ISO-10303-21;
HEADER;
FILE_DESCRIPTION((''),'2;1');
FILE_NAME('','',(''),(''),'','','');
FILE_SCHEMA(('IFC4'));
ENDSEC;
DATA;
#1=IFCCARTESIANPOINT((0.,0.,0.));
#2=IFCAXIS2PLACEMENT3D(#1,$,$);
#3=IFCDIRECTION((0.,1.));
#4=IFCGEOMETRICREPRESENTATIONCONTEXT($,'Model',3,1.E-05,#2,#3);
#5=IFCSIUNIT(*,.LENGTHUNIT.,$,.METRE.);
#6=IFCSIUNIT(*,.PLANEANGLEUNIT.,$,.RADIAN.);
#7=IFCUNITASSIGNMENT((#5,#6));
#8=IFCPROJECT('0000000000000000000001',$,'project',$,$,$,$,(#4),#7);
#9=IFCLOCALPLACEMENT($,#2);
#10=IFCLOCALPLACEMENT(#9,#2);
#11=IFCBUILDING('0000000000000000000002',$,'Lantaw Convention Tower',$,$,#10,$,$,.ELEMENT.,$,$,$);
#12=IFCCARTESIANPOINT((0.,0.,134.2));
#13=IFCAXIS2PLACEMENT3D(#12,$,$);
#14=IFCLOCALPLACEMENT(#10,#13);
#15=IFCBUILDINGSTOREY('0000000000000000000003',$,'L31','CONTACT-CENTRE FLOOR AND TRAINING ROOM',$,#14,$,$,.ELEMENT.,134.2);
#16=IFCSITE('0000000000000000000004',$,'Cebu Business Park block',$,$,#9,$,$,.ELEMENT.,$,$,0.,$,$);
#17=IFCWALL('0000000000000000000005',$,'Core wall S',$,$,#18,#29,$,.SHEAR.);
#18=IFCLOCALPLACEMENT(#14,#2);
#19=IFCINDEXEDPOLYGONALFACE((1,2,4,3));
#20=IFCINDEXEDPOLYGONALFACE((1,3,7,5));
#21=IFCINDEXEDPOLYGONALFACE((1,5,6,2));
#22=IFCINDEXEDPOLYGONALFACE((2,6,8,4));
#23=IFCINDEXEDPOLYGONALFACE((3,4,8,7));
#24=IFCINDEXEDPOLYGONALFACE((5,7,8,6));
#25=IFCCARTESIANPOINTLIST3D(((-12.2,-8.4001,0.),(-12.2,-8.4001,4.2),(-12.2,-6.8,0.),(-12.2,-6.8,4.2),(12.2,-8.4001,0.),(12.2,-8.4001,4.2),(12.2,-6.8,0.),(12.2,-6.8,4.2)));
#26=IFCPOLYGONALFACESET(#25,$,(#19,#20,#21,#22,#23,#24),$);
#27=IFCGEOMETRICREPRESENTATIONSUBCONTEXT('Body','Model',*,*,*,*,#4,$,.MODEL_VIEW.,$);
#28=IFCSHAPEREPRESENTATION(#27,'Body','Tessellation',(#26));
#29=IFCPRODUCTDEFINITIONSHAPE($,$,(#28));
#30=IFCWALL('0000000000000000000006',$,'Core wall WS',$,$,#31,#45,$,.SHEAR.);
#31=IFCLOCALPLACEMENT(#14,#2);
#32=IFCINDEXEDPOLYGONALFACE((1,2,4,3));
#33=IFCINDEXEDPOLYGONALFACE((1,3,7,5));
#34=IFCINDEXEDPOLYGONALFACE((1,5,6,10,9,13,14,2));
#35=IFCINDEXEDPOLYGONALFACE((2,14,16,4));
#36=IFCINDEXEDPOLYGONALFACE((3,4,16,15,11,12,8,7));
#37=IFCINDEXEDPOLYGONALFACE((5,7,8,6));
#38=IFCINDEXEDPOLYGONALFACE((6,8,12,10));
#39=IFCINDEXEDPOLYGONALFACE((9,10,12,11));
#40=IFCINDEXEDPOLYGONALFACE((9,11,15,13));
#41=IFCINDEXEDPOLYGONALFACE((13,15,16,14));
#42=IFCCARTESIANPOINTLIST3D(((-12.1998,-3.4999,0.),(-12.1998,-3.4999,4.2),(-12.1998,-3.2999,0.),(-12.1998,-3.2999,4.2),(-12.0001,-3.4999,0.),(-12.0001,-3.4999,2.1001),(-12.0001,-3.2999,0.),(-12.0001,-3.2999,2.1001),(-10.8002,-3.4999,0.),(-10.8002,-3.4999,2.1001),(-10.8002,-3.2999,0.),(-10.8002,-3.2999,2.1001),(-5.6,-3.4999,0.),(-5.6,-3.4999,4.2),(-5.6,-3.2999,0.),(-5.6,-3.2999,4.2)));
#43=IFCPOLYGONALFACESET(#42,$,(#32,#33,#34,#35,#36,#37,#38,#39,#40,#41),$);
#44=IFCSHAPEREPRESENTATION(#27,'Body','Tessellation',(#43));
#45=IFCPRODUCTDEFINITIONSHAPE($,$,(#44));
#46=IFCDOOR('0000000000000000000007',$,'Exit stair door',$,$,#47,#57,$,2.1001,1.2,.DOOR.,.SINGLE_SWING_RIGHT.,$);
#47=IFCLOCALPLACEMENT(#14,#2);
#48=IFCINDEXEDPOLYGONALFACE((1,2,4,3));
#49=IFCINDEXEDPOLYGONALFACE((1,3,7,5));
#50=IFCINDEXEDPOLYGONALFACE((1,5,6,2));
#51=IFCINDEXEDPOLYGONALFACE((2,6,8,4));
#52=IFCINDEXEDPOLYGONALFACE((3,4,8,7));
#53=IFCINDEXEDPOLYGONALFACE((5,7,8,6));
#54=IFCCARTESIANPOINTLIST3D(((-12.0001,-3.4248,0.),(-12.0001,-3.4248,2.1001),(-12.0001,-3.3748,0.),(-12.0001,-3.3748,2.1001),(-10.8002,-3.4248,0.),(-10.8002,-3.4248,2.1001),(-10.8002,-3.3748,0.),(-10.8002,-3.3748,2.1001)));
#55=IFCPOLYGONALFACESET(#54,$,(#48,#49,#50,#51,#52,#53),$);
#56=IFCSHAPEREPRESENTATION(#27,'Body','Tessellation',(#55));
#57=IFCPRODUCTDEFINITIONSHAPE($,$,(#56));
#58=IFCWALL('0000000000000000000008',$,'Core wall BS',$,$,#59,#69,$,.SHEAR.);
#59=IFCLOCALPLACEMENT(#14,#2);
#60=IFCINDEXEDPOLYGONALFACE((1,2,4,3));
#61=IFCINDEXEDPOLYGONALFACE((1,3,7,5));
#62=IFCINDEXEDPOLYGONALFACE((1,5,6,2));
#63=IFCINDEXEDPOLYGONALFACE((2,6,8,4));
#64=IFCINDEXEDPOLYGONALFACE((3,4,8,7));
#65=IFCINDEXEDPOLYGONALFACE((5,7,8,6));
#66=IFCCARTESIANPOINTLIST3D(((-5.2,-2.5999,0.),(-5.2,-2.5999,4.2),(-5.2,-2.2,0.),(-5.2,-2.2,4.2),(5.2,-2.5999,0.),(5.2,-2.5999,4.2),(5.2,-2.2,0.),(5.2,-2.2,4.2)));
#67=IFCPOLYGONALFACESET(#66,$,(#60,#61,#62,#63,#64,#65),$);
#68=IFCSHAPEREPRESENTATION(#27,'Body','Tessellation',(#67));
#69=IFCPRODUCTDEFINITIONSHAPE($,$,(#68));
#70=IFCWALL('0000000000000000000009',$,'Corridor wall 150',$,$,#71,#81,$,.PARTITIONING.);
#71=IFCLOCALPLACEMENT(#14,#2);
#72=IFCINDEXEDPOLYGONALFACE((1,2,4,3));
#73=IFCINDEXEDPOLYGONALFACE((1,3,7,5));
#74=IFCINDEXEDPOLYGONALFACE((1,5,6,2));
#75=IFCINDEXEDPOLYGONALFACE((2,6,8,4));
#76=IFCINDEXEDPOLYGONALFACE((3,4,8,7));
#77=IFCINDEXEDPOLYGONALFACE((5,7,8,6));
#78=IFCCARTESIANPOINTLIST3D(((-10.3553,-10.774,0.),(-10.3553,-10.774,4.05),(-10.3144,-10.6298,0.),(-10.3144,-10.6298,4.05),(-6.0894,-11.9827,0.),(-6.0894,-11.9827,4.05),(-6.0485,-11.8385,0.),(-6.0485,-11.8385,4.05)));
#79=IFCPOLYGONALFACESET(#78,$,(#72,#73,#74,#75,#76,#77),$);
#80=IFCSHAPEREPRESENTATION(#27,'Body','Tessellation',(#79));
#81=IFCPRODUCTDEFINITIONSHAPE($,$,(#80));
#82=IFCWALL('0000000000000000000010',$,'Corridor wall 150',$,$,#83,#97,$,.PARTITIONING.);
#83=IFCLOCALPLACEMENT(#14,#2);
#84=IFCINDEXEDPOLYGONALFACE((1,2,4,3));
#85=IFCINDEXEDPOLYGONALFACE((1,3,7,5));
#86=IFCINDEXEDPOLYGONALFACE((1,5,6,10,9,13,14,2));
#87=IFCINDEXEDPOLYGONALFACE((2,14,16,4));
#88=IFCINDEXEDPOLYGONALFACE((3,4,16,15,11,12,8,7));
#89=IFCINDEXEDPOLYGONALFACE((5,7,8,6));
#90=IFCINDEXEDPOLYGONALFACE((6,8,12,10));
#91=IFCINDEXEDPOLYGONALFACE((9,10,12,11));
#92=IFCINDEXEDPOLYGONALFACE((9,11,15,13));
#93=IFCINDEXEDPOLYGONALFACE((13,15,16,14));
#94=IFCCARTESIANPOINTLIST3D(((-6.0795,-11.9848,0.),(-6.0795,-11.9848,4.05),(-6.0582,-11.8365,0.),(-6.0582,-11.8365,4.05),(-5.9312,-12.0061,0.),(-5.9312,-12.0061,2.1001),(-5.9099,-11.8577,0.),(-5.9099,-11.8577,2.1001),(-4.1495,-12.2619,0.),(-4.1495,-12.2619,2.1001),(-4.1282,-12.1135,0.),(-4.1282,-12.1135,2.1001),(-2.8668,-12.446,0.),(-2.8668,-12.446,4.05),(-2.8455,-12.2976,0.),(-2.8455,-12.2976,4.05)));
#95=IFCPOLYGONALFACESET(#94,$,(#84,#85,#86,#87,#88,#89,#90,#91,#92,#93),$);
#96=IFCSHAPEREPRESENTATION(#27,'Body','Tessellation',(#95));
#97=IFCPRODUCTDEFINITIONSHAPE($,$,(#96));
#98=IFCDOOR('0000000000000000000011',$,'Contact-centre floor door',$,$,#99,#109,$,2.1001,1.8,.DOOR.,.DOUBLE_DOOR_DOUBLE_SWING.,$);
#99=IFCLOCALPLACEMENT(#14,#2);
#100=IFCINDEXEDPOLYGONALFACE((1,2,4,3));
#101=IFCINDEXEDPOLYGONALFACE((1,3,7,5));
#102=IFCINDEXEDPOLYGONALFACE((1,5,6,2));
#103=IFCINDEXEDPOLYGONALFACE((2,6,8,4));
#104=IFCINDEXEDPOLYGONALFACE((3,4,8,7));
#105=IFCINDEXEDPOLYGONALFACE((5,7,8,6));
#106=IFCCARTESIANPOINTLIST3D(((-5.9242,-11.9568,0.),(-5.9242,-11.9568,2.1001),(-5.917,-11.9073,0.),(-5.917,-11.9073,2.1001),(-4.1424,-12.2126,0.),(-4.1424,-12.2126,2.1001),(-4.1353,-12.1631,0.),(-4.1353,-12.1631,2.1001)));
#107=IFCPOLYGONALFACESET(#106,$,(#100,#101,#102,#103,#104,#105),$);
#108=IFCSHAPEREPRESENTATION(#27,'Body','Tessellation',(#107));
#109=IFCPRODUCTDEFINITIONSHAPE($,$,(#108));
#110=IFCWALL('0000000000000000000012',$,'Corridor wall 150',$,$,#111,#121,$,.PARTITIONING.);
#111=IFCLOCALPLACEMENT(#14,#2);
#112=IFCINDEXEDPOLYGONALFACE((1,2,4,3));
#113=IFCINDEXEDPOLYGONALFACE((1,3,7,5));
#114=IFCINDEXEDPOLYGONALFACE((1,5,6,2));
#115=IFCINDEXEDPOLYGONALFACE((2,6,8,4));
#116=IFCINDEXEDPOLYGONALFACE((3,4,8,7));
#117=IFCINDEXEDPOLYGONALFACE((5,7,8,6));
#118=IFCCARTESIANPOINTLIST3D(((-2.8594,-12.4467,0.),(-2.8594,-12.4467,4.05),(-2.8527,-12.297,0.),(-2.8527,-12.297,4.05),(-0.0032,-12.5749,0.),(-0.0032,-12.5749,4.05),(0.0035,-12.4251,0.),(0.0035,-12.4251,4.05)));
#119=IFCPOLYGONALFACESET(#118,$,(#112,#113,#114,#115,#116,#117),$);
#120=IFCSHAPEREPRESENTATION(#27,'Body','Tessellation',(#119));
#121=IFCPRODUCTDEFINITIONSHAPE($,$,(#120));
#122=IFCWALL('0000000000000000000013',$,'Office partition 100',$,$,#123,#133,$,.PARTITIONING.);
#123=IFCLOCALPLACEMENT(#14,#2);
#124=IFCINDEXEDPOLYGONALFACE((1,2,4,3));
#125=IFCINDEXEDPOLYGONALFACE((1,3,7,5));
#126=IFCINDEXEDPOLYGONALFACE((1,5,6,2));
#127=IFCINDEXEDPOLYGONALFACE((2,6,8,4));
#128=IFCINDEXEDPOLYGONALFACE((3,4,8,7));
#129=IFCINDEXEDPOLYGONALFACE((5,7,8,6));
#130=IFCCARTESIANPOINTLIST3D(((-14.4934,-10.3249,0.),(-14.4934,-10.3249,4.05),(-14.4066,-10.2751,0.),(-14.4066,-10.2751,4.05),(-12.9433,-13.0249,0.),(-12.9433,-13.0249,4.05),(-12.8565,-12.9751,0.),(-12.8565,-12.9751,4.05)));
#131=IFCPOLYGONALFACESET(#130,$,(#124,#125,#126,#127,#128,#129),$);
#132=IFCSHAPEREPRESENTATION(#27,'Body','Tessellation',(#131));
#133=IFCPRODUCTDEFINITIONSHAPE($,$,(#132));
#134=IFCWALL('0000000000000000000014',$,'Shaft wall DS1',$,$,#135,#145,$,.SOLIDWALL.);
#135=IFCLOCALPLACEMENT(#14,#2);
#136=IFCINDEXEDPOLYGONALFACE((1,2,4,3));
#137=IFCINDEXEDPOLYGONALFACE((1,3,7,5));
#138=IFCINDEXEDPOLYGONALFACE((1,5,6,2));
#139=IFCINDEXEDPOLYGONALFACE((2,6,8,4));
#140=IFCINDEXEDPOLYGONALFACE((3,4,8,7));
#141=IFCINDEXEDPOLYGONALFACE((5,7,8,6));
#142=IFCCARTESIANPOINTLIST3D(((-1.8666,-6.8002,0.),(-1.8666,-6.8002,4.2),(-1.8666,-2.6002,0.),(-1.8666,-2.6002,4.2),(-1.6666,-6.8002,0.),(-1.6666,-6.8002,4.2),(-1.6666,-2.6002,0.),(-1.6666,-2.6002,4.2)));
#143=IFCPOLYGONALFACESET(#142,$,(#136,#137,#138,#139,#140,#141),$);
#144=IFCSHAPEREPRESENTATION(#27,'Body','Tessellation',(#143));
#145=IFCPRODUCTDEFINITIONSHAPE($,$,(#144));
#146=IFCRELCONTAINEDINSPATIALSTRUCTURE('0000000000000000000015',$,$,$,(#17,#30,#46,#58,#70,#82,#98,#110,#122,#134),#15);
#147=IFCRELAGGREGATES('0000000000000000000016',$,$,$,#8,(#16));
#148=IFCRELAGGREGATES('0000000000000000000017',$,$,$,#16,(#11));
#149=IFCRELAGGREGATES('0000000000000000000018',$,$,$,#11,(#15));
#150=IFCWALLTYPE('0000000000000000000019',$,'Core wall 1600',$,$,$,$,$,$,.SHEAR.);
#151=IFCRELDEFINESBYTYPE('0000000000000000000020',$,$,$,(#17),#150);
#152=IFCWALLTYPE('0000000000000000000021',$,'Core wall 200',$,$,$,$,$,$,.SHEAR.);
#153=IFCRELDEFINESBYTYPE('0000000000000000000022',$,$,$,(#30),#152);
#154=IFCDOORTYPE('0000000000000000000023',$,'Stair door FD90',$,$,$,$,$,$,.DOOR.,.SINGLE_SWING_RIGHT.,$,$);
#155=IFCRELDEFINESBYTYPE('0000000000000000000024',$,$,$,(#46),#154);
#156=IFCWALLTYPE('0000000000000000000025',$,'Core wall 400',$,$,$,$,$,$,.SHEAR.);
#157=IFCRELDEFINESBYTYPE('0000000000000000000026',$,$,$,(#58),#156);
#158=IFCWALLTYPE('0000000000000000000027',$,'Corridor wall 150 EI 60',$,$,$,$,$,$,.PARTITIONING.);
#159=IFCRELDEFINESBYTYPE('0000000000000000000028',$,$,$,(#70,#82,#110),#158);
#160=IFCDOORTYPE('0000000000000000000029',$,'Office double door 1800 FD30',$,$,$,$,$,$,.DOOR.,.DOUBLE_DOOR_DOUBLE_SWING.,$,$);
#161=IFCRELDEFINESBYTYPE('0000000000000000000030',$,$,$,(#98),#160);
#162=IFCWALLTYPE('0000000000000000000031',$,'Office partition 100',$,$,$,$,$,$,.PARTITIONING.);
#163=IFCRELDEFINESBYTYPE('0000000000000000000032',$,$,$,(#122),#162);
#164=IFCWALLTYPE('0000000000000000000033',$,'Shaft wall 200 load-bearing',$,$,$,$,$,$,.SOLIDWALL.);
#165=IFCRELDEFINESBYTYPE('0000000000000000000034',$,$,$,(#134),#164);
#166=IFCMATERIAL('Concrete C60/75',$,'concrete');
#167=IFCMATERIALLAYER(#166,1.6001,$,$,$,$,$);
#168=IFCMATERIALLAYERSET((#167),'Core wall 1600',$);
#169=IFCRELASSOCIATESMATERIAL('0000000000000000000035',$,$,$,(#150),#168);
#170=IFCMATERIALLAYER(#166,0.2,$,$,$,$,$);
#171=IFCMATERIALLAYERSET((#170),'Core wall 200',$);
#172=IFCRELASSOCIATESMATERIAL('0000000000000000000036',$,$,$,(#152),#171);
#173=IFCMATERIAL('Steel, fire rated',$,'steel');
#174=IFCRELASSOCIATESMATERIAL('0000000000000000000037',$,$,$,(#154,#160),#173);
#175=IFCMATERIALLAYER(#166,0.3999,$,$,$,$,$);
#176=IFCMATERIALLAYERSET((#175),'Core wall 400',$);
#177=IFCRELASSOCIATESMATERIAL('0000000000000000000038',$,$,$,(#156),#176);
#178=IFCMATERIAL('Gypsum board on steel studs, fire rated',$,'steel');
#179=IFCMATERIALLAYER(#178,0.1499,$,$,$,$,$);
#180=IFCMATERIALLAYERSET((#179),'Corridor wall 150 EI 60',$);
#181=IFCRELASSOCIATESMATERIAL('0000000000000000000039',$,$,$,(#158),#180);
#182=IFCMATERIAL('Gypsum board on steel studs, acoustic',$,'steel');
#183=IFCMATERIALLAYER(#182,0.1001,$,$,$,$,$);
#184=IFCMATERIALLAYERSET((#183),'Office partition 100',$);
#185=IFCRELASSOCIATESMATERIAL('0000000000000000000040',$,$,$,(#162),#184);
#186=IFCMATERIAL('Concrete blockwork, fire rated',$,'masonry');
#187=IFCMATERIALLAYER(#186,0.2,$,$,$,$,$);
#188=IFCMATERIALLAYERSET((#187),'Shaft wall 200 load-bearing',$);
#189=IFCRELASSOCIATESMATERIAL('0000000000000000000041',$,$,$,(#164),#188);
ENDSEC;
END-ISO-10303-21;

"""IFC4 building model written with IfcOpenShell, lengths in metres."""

from ifc_helpers import new_model, si_unit, direction, frame, frame_2d, origin, place, context, subcontext, project, spatial, rectangle, extrude, material, layer, layer_set, type_object, element, fill, save


model = new_model("IFC4")

# Units and contexts
model_context = context("Model", 3, precision=1e-05, world=origin(), true_north=direction((0.0, 1.0)))
body_context = subcontext(model_context, "Body", "Model", "MODEL_VIEW")
ifc_project = project(units=[si_unit("LENGTHUNIT", "METRE"), si_unit("PLANEANGLEUNIT", "RADIAN")], contexts=[model_context])

# Site, building, storey
site_placement = place(None, origin())
site = spatial("IfcSite", under=ifc_project, at=site_placement, Name="Cebu Business Park block", CompositionType="ELEMENT", RefElevation=0.0)
building_placement = place(site_placement, origin())
building = spatial("IfcBuilding", under=site, at=building_placement, Name="Lantaw Convention Tower", CompositionType="ELEMENT")
storey_placement = place(building_placement, frame((0.0, 0.0, 134.2)))
storey = spatial("IfcBuildingStorey", under=building, at=storey_placement, Name="L31", Description="CONTACT-CENTRE FLOOR AND TRAINING ROOM", CompositionType="ELEMENT", Elevation=134.2)

# Shared definitions
ifc_material_1 = material(Name="Concrete C60/75", Category="concrete")

# Wall
ifc_layer_1 = layer(ifc_material_1, 1.6001)
ifc_layer_set_1 = layer_set([ifc_layer_1], Name="Core wall 1600")
wall_type_1 = type_object("IfcWallType", Name="Core wall 1600", PredefinedType="SHEAR", material=ifc_layer_set_1)
wall_1_placement = place(storey_placement, frame((-12.2, -7.6001, 0.0), z_axis=(0.0, 0.0, 1.0), x_axis=(1.0, 0.0, 0.0)))
element("IfcWall", 1, at=wall_1_placement, inside=storey, type_object=wall_type_1, Name="Core wall S", PredefinedType="SHEAR", context=body_context, shape_type="SweptSolid", body=[
    extrude(rectangle(XDim=24.3999, YDim=1.6001, at=frame_2d((12.2, 0.0))), origin(), (0.0, 0.0, 1.0), 4.2),
])

# Wall, opening, door
ifc_layer_2 = layer(ifc_material_1, 0.2)
ifc_layer_set_2 = layer_set([ifc_layer_2], Name="Core wall 200")
wall_type_2 = type_object("IfcWallType", Name="Core wall 200", PredefinedType="SHEAR", material=ifc_layer_set_2)
wall_2_placement = place(storey_placement, frame((-5.6001, -3.3999, 0.0), z_axis=(0.0, 0.0, 1.0), x_axis=(-1.0, 0.0, 0.0)))
wall_2 = element("IfcWall", 2, at=wall_2_placement, inside=storey, type_object=wall_type_2, Name="Core wall WS", PredefinedType="SHEAR", context=body_context, shape_type="SweptSolid", body=[
    extrude(rectangle(XDim=6.5999, YDim=0.2, at=frame_2d((3.2998, 0.0))), origin(), (0.0, 0.0, 1.0), 4.2),
])
opening_1_placement = place(wall_2_placement, frame((5.2, 0.0, 0.0)))
opening_1 = element("IfcOpeningElement", 3, at=opening_1_placement, cuts=wall_2, PredefinedType="OPENING", context=body_context, shape_type="SweptSolid", body=[
    extrude(rectangle(XDim=1.2, YDim=2.1001, at=frame_2d((0.6001, 1.05))), frame((0.0, 0.1099, 0.0), z_axis=(0.0, -1.0, 0.0), x_axis=(1.0, 0.0, 0.0)), (0.0, 0.0, 1.0), 0.22),
])
ifc_material_2 = material(Name="Steel, fire rated", Category="steel")
door_type_1 = type_object("IfcDoorType", Name="Stair door FD90", OperationType="SINGLE_SWING_RIGHT", PredefinedType="DOOR", material=ifc_material_2)
door_1_placement = place(opening_1_placement, origin())
door_1 = element("IfcDoor", 4, at=door_1_placement, inside=storey, type_object=door_type_1, Name="Exit stair door", OperationType="SINGLE_SWING_RIGHT", OverallHeight=2.1001, OverallWidth=1.2, PredefinedType="DOOR", context=body_context, shape_type="SweptSolid", body=[
    extrude(rectangle(XDim=1.2, YDim=2.1001, at=frame_2d((0.6001, 1.05))), frame((0.0, 0.0249, 0.0), z_axis=(0.0, -1.0, 0.0), x_axis=(1.0, 0.0, 0.0)), (0.0, 0.0, 1.0), 0.05),
])
fill(opening_1, door_1)

# Walls
ifc_layer_3 = layer(ifc_material_1, 0.3999)
ifc_layer_set_3 = layer_set([ifc_layer_3], Name="Core wall 400")
wall_type_3 = type_object("IfcWallType", Name="Core wall 400", PredefinedType="SHEAR", material=ifc_layer_set_3)
wall_3_placement = place(storey_placement, frame((-5.2, -2.3999, 0.0), z_axis=(0.0, 0.0, 1.0), x_axis=(1.0, 0.0, 0.0)))
element("IfcWall", 5, at=wall_3_placement, inside=storey, type_object=wall_type_3, Name="Core wall BS", PredefinedType="SHEAR", context=body_context, shape_type="SweptSolid", body=[
    extrude(rectangle(XDim=10.3999, YDim=0.3999, at=frame_2d((5.2, 0.0))), origin(), (0.0, 0.0, 1.0), 4.2),
])
ifc_material_3 = material(Name="Gypsum board on steel studs, fire rated", Category="steel")
ifc_layer_4 = layer(ifc_material_3, 0.1499)
ifc_layer_set_4 = layer_set([ifc_layer_4], Name="Corridor wall 150 EI 60")
wall_type_4 = type_object("IfcWallType", Name="Corridor wall 150 EI 60", PredefinedType="PARTITIONING", material=ifc_layer_set_4)
wall_4_placement = place(storey_placement, frame((-10.3347, -10.7019, 0.0), z_axis=(0.0, 0.0, 1.0), x_axis=(0.962122, -0.272619, 0.0)))
element("IfcWall", 6, at=wall_4_placement, inside=storey, type_object=wall_type_4, Name="Corridor wall 150", PredefinedType="PARTITIONING", context=body_context, shape_type="SweptSolid", body=[
    extrude(rectangle(XDim=4.4338, YDim=0.1499, at=frame_2d((2.2168, 0.0))), origin(), (0.0, 0.0, 1.0), 4.05),
])

# Wall, opening, door
wall_5_placement = place(storey_placement, frame((-6.0688, -11.9106, 0.0), z_axis=(0.0, 0.0, 1.0), x_axis=(0.989853, -0.142095, 0.0)))
wall_5 = element("IfcWall", 7, at=wall_5_placement, inside=storey, type_object=wall_type_4, Name="Corridor wall 150", PredefinedType="PARTITIONING", context=body_context, shape_type="SweptSolid", body=[
    extrude(rectangle(XDim=3.2456, YDim=0.1499, at=frame_2d((1.6228, 0.0))), origin(), (0.0, 0.0, 1.0), 4.05),
])
opening_2_placement = place(wall_5_placement, frame((0.1499, 0.0, 0.0)))
opening_2 = element("IfcOpeningElement", 8, at=opening_2_placement, cuts=wall_5, PredefinedType="OPENING", context=body_context, shape_type="SweptSolid", body=[
    extrude(rectangle(XDim=1.8, YDim=2.1001, at=frame_2d((0.8999, 1.05))), frame((0.0, 0.085, 0.0), z_axis=(0.0, -1.0, 0.0), x_axis=(1.0, 0.0, 0.0)), (0.0, 0.0, 1.0), 0.1699),
])
door_type_2 = type_object("IfcDoorType", Name="Office double door 1800 FD30", OperationType="DOUBLE_DOOR_DOUBLE_SWING", PredefinedType="DOOR", material=ifc_material_2)
door_2_placement = place(opening_2_placement, origin())
door_2 = element("IfcDoor", 9, at=door_2_placement, inside=storey, type_object=door_type_2, Name="Contact-centre floor door", OperationType="DOUBLE_DOOR_DOUBLE_SWING", OverallHeight=2.1001, OverallWidth=1.8, PredefinedType="DOOR", context=body_context, shape_type="SweptSolid", body=[
    extrude(rectangle(XDim=1.8, YDim=2.1001, at=frame_2d((0.8999, 1.05))), frame((0.0, 0.0249, 0.0), z_axis=(0.0, -1.0, 0.0), x_axis=(1.0, 0.0, 0.0)), (0.0, 0.0, 1.0), 0.05),
])
fill(opening_2, door_2)

# Walls
wall_6_placement = place(storey_placement, frame((-2.8562, -12.3718, 0.0), z_axis=(0.0, 0.0, 1.0), x_axis=(0.998995, -0.044831, 0.0)))
element("IfcWall", 10, at=wall_6_placement, inside=storey, type_object=wall_type_4, Name="Corridor wall 150", PredefinedType="PARTITIONING", context=body_context, shape_type="SweptSolid", body=[
    extrude(rectangle(XDim=2.8591, YDim=0.1499, at=frame_2d((1.4297, 0.0))), origin(), (0.0, 0.0, 1.0), 4.05),
])
ifc_material_4 = material(Name="Gypsum board on steel studs, acoustic", Category="steel")
ifc_layer_5 = layer(ifc_material_4, 0.1001)
ifc_layer_set_5 = layer_set([ifc_layer_5], Name="Office partition 100")
wall_type_5 = type_object("IfcWallType", Name="Office partition 100", PredefinedType="PARTITIONING", material=ifc_layer_set_5)
wall_7_placement = place(storey_placement, frame((-12.8999, -13.0, 0.0), z_axis=(0.0, 0.0, 1.0), x_axis=(-0.497886, 0.867242, 0.0)))
element("IfcWall", 11, at=wall_7_placement, inside=storey, type_object=wall_type_5, Name="Office partition 100", PredefinedType="PARTITIONING", context=body_context, shape_type="SweptSolid", body=[
    extrude(rectangle(XDim=3.1133, YDim=0.1001, at=frame_2d((1.5566, 0.0))), origin(), (0.0, 0.0, 1.0), 4.05),
])
ifc_material_5 = material(Name="Concrete blockwork, fire rated", Category="masonry")
ifc_layer_6 = layer(ifc_material_5, 0.2)
ifc_layer_set_6 = layer_set([ifc_layer_6], Name="Shaft wall 200 load-bearing")
wall_type_6 = type_object("IfcWallType", Name="Shaft wall 200 load-bearing", PredefinedType="SOLIDWALL", material=ifc_layer_set_6)
wall_8_placement = place(storey_placement, frame((-1.7666, -2.6001, 0.0), z_axis=(0.0, 0.0, 1.0), x_axis=(0.0, -1.0, 0.0)))
element("IfcWall", 12, at=wall_8_placement, inside=storey, type_object=wall_type_6, Name="Shaft wall DS1", PredefinedType="SOLIDWALL", context=body_context, shape_type="SweptSolid", body=[
    extrude(rectangle(XDim=4.2, YDim=0.2, at=frame_2d((2.1001, 0.0))), origin(), (0.0, 0.0, 1.0), 4.2),
])

save(model, "model.ifc")
